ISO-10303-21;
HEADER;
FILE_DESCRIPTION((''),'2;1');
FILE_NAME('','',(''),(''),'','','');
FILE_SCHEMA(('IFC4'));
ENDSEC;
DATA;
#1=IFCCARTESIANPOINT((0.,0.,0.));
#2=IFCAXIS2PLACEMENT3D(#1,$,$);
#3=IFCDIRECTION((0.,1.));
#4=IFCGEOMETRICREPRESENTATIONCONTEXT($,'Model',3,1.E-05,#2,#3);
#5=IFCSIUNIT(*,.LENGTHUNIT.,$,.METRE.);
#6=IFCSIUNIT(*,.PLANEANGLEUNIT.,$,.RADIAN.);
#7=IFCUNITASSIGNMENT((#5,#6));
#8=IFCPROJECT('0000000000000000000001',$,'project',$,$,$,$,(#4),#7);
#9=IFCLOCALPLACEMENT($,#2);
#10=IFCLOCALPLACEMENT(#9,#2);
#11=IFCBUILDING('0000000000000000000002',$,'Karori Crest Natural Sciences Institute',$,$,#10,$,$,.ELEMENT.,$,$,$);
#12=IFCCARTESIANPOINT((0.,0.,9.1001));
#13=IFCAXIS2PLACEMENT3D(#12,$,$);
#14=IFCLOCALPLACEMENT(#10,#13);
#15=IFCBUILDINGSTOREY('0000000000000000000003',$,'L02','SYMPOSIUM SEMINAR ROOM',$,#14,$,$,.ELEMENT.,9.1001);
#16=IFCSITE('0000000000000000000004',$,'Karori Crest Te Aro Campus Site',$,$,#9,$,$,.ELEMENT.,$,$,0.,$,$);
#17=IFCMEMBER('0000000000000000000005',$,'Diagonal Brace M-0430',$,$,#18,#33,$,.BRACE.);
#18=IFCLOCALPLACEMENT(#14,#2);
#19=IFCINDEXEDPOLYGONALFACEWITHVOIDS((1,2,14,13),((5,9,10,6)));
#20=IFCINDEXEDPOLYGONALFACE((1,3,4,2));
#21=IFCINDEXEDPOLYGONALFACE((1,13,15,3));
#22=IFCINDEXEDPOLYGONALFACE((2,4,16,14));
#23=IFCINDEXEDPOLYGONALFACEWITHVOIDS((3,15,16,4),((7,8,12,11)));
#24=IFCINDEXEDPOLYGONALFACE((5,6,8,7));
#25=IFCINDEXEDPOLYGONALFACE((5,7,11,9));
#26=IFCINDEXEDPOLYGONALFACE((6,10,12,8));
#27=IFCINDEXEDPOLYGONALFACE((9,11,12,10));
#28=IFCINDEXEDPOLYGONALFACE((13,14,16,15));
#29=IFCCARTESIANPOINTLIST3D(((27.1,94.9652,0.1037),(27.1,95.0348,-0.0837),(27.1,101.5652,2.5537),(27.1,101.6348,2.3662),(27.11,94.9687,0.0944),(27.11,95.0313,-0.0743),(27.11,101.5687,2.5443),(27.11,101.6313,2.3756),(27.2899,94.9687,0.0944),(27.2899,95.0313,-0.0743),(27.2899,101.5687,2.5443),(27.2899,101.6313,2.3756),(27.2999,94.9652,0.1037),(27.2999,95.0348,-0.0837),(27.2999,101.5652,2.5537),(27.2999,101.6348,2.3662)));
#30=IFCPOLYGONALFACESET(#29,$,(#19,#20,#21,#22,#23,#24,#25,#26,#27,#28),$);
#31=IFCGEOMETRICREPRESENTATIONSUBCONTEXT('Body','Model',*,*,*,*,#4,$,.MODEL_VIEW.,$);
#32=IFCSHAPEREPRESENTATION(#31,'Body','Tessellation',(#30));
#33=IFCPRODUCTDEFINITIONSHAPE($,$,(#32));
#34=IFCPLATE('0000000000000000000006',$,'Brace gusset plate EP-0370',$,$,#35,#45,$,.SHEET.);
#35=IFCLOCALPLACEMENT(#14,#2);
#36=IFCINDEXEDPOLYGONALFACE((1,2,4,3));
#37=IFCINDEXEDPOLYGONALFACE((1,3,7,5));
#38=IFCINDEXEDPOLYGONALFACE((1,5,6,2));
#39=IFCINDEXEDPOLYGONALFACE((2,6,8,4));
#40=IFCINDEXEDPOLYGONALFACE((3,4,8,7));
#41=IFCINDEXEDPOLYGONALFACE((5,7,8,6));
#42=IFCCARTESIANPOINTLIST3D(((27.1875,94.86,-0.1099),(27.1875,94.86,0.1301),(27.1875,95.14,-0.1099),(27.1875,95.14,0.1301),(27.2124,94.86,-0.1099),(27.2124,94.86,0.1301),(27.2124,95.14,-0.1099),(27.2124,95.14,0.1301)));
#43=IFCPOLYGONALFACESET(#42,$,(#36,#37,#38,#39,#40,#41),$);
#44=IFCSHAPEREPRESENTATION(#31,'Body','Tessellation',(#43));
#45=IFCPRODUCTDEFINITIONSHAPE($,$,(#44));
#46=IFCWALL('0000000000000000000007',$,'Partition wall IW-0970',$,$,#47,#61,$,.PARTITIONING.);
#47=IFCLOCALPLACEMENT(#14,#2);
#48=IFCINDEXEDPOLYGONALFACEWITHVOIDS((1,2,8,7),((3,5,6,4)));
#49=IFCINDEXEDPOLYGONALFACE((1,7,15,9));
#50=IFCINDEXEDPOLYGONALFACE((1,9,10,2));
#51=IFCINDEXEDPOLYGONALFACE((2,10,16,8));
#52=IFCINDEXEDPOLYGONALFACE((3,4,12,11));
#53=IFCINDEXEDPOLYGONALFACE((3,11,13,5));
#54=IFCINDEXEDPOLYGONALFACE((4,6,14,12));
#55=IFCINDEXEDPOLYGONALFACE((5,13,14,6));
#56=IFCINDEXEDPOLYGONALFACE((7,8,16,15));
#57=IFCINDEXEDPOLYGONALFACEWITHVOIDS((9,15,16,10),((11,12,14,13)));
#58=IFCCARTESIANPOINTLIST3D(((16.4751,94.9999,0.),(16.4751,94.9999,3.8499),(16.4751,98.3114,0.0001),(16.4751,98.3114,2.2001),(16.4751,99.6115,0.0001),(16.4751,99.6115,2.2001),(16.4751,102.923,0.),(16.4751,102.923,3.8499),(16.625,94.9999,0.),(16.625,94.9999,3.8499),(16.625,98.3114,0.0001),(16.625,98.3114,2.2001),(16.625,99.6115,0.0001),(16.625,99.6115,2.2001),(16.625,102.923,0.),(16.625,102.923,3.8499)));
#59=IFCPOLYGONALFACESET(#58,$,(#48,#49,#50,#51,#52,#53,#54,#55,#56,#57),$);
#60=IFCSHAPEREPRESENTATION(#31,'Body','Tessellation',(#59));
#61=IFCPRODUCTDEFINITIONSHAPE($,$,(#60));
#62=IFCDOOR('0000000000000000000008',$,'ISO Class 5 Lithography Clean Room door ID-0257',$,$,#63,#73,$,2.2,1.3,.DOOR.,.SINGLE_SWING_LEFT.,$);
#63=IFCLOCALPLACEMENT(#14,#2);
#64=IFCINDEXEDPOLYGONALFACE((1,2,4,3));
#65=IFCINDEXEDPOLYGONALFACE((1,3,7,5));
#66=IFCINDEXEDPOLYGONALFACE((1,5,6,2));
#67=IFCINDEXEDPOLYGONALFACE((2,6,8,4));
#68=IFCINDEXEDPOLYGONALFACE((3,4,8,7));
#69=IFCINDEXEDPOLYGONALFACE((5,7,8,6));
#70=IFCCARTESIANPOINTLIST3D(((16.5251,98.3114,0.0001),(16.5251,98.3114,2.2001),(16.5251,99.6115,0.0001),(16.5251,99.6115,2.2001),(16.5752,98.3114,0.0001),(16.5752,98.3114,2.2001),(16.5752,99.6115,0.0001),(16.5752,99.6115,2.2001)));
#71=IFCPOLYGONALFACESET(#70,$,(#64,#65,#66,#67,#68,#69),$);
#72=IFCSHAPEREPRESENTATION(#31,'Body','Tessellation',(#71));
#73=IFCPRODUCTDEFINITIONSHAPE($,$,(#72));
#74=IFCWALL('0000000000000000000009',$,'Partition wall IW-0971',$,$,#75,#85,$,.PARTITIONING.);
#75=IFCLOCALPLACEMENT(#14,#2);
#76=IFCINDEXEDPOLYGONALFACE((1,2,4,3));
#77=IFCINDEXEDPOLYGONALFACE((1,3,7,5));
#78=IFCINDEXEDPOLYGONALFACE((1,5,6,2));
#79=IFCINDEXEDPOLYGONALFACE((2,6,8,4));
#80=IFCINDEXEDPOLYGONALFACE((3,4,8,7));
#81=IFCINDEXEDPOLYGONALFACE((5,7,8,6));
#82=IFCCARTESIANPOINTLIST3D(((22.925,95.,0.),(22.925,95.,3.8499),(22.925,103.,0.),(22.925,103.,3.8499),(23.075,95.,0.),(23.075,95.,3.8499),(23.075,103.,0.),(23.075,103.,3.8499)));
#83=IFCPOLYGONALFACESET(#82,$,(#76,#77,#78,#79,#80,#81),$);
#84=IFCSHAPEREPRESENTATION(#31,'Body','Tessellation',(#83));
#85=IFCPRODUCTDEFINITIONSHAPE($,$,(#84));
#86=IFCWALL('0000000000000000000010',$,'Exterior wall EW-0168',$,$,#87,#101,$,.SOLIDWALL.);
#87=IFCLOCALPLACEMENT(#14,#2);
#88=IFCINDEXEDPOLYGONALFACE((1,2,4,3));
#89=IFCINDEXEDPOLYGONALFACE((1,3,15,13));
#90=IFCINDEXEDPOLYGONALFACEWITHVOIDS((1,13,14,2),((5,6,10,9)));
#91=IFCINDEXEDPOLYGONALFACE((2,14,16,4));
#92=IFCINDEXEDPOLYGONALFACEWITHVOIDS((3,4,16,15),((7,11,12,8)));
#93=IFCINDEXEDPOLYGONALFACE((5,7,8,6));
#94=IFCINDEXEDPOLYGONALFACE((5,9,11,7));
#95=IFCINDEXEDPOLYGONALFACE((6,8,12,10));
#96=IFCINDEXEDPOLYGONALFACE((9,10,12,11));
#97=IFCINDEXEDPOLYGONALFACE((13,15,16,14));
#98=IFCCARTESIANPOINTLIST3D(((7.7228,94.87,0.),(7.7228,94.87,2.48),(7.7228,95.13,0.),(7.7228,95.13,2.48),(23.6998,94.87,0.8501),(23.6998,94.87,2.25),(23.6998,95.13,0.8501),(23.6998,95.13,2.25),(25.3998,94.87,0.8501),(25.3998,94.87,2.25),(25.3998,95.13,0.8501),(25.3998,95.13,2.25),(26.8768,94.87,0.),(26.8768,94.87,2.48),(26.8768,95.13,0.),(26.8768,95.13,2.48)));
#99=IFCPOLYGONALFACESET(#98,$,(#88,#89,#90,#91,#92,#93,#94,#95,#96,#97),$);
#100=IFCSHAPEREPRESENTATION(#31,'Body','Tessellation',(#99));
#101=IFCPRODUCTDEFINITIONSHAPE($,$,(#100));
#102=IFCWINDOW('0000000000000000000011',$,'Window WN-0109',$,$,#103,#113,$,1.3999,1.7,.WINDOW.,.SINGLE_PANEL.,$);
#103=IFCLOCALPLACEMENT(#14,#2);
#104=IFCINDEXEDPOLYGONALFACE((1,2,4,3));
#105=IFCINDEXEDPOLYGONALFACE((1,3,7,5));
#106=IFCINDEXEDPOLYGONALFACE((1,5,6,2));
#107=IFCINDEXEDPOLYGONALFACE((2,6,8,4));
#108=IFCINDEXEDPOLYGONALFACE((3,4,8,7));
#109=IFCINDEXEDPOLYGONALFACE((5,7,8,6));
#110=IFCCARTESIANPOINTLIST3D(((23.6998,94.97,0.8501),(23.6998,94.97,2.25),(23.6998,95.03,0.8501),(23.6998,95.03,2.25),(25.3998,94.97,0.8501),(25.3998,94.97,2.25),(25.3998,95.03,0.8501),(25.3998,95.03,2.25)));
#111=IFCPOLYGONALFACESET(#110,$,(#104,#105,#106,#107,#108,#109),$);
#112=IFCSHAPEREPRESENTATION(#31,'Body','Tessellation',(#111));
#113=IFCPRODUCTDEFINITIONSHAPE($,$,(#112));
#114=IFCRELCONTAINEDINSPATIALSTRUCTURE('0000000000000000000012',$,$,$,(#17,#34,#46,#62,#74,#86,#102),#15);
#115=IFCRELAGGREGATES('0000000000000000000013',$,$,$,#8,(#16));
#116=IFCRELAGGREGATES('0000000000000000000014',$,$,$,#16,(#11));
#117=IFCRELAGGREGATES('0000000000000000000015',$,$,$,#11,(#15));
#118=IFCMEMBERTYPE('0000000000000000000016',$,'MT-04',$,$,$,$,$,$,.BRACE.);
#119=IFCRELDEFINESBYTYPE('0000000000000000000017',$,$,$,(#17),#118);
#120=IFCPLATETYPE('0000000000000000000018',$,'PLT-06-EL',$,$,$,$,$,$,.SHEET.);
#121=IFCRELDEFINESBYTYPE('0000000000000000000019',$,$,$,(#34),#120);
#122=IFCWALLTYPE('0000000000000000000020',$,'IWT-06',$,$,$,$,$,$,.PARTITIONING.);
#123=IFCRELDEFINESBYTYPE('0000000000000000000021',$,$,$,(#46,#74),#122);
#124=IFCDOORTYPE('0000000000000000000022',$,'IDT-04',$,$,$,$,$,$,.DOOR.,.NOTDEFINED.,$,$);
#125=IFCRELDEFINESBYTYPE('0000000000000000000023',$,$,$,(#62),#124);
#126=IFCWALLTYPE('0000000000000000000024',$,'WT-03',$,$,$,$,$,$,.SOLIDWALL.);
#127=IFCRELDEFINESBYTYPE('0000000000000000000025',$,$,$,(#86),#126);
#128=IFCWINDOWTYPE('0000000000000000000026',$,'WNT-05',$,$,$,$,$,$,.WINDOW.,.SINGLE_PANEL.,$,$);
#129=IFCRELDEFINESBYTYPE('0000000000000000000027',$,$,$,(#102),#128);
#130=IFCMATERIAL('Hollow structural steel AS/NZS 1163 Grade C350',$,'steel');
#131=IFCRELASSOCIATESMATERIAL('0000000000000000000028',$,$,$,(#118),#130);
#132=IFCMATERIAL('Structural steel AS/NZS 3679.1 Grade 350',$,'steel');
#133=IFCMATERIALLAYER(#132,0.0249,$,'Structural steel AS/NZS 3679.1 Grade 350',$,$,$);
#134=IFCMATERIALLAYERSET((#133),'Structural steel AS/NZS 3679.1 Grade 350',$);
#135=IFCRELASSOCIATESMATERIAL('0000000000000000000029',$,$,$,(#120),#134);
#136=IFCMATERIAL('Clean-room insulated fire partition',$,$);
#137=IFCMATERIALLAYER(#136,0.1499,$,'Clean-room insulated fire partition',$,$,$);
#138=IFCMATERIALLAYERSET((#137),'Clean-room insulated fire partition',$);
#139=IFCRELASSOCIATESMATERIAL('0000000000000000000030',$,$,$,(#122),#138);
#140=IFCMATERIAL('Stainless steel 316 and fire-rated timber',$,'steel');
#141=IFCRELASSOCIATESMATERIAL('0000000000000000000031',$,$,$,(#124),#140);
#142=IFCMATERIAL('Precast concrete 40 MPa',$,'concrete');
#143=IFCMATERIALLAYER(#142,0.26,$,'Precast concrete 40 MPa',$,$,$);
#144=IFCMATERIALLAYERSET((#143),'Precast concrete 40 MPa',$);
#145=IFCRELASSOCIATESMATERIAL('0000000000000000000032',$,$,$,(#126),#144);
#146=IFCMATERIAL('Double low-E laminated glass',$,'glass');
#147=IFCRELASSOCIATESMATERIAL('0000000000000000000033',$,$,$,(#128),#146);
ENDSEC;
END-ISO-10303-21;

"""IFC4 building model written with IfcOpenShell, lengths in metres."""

from ifc_helpers import new_model, si_unit, direction, frame, frame_2d, origin, origin_2d, place, context, subcontext, project, spatial, rectangle, hollow_rectangle, extrude, material, layer, layer_set, material_profile, profile_set, type_object, element, fill, save


model = new_model("IFC4")

# Units and contexts
model_context = context("Model", 3, precision=1e-05, world=origin(), true_north=direction((0.0, 1.0)))
body_context = subcontext(model_context, "Body", "Model", "MODEL_VIEW")
ifc_project = project(units=[si_unit("LENGTHUNIT", "METRE"), si_unit("PLANEANGLEUNIT", "RADIAN")], contexts=[model_context])

# Site, building, storey
site_placement = place(None, origin())
site = spatial("IfcSite", under=ifc_project, at=site_placement, Name="Karori Crest Te Aro Campus Site", CompositionType="ELEMENT", RefElevation=0.0)
building_placement = place(site_placement, origin())
building = spatial("IfcBuilding", under=site, at=building_placement, Name="Karori Crest Natural Sciences Institute", CompositionType="ELEMENT")
storey_placement = place(building_placement, frame((0.0, 0.0, 9.1001)))
storey = spatial("IfcBuildingStorey", under=building, at=storey_placement, Name="L02", Description="SYMPOSIUM SEMINAR ROOM", CompositionType="ELEMENT", Elevation=9.1001)

# Member
ifc_material_1 = material(Name="Hollow structural steel AS/NZS 1163 Grade C350", Category="steel")
ifc_material_profile_1 = material_profile(ifc_material_1, hollow_rectangle(XDim=0.2, YDim=0.2, WallThickness=0.01, at=origin_2d()), Name="SHS200x200x10")
ifc_profile_set_1 = profile_set([ifc_material_profile_1], Name="Hollow structural steel AS/NZS 1163 Grade C350")
member_type = type_object("IfcMemberType", Name="MT-04", PredefinedType="BRACE", material=ifc_profile_set_1)
member_placement = place(storey_placement, frame((27.2, 95.0, 0.01), z_axis=(0.0, 0.937495, 0.347998), x_axis=(-1.0, 0.0, 0.0)))
element("IfcMember", 1, at=member_placement, inside=storey, type_object=member_type, Name="Diagonal Brace M-0430", PredefinedType="BRACE", context=body_context, shape_type="SweptSolid", body=[
    extrude(hollow_rectangle(XDim=0.2, YDim=0.2, WallThickness=0.01, at=origin_2d()), origin(), (0.0, 0.0, 1.0), 7.04),
])

# Plate
ifc_material_2 = material(Name="Structural steel AS/NZS 3679.1 Grade 350", Category="steel")
ifc_layer_1 = layer(ifc_material_2, 0.0249, Name="Structural steel AS/NZS 3679.1 Grade 350")
ifc_layer_set_1 = layer_set([ifc_layer_1], Name="Structural steel AS/NZS 3679.1 Grade 350")
plate_type = type_object("IfcPlateType", Name="PLT-06-EL", PredefinedType="SHEET", material=ifc_layer_set_1)
plate_placement = place(storey_placement, frame((27.2, 95.0, -0.1099), z_axis=(0.0, 0.0, 1.0), x_axis=(0.0, 1.0, 0.0)))
element("IfcPlate", 2, at=plate_placement, inside=storey, type_object=plate_type, Name="Brace gusset plate EP-0370", PredefinedType="SHEET", context=body_context, shape_type="SweptSolid", body=[
    extrude(rectangle(XDim=0.28, YDim=0.0249, at=origin_2d()), origin(), (0.0, 0.0, 1.0), 0.24),
])

# Wall, opening, door
ifc_material_3 = material(Name="Clean-room insulated fire partition")
ifc_layer_2 = layer(ifc_material_3, 0.1499, Name="Clean-room insulated fire partition")
ifc_layer_set_2 = layer_set([ifc_layer_2], Name="Clean-room insulated fire partition")
wall_type_1 = type_object("IfcWallType", Name="IWT-06", PredefinedType="PARTITIONING", material=ifc_layer_set_2)
wall_1_placement = place(storey_placement, frame((16.55, 95.0, 0.0), z_axis=(0.0, 0.0, 1.0), x_axis=(0.0, 1.0, 0.0)))
wall_1 = element("IfcWall", 3, at=wall_1_placement, inside=storey, type_object=wall_type_1, Name="Partition wall IW-0970", PredefinedType="PARTITIONING", context=body_context, shape_type="SweptSolid", body=[
    extrude(rectangle(XDim=7.9231, YDim=0.1499, at=frame_2d((3.9614, 0.0))), origin(), (0.0, 0.0, 1.0), 3.8499),
])
opening_1_placement = place(wall_1_placement, frame((3.3115, 0.0, 0.0)))
opening_1 = element("IfcOpeningElement", 4, at=opening_1_placement, cuts=wall_1, PredefinedType="OPENING", context=body_context, shape_type="SweptSolid", body=[
    extrude(rectangle(XDim=1.3, YDim=2.2, at=frame_2d((0.6499, 1.1001))), frame((0.0, 0.085, 0.0), z_axis=(0.0, -1.0, 0.0), x_axis=(1.0, 0.0, 0.0)), (0.0, 0.0, 1.0), 0.1699),
])
ifc_material_4 = material(Name="Stainless steel 316 and fire-rated timber", Category="steel")
door_type = type_object("IfcDoorType", Name="IDT-04", OperationType="NOTDEFINED", PredefinedType="DOOR", material=ifc_material_4)
door_placement = place(opening_1_placement, origin())
door = element("IfcDoor", 5, at=door_placement, inside=storey, type_object=door_type, Name="ISO Class 5 Lithography Clean Room door ID-0257", OperationType="SINGLE_SWING_LEFT", OverallHeight=2.2, OverallWidth=1.3, PredefinedType="DOOR", context=body_context, shape_type="SweptSolid", body=[
    extrude(rectangle(XDim=1.3, YDim=2.2, at=frame_2d((0.6499, 1.1001))), frame((0.0, 0.0249, 0.0), z_axis=(0.0, -1.0, 0.0), x_axis=(1.0, 0.0, 0.0)), (0.0, 0.0, 1.0), 0.05),
])
fill(opening_1, door)

# Wall
wall_2_placement = place(storey_placement, frame((23.0, 95.0, 0.0), z_axis=(0.0, 0.0, 1.0), x_axis=(0.0, 1.0, 0.0)))
element("IfcWall", 6, at=wall_2_placement, inside=storey, type_object=wall_type_1, Name="Partition wall IW-0971", PredefinedType="PARTITIONING", context=body_context, shape_type="SweptSolid", body=[
    extrude(rectangle(XDim=8.0, YDim=0.1499, at=frame_2d((4.0, 0.0))), origin(), (0.0, 0.0, 1.0), 3.8499),
])

# Wall, opening, window
ifc_material_5 = material(Name="Precast concrete 40 MPa", Category="concrete")
ifc_layer_3 = layer(ifc_material_5, 0.26, Name="Precast concrete 40 MPa")
ifc_layer_set_3 = layer_set([ifc_layer_3], Name="Precast concrete 40 MPa")
wall_type_2 = type_object("IfcWallType", Name="WT-03", PredefinedType="SOLIDWALL", material=ifc_layer_set_3)
wall_3_placement = place(storey_placement, frame((26.877, 95.0, 0.0), z_axis=(0.0, 0.0, 1.0), x_axis=(-1.0, 0.0, 0.0)))
wall_3 = element("IfcWall", 7, at=wall_3_placement, inside=storey, type_object=wall_type_2, Name="Exterior wall EW-0168", PredefinedType="SOLIDWALL", context=body_context, shape_type="SweptSolid", body=[
    extrude(rectangle(XDim=19.1541, YDim=0.26, at=frame_2d((9.5771, 0.0))), origin(), (0.0, 0.0, 1.0), 2.48),
])
opening_2_placement = place(wall_3_placement, frame((1.4771, 0.0, 0.8501)))
opening_2 = element("IfcOpeningElement", 8, at=opening_2_placement, cuts=wall_3, PredefinedType="OPENING", context=body_context, shape_type="SweptSolid", body=[
    extrude(rectangle(XDim=1.7, YDim=1.3999, at=frame_2d((0.8501, 0.7))), frame((0.0, 0.1401, 0.0), z_axis=(0.0, -1.0, 0.0), x_axis=(1.0, 0.0, 0.0)), (0.0, 0.0, 1.0), 0.28),
])
ifc_material_6 = material(Name="Double low-E laminated glass", Category="glass")
window_type = type_object("IfcWindowType", Name="WNT-05", PartitioningType="SINGLE_PANEL", PredefinedType="WINDOW", material=ifc_material_6)
window_placement = place(opening_2_placement, origin())
window = element("IfcWindow", 9, at=window_placement, inside=storey, type_object=window_type, Name="Window WN-0109", OverallHeight=1.3999, OverallWidth=1.7, PartitioningType="SINGLE_PANEL", PredefinedType="WINDOW", context=body_context, shape_type="SweptSolid", body=[
    extrude(rectangle(XDim=1.7, YDim=1.3999, at=frame_2d((0.8501, 0.7))), frame((0.0, 0.03, 0.0), z_axis=(0.0, -1.0, 0.0), x_axis=(1.0, 0.0, 0.0)), (0.0, 0.0, 1.0), 0.0601),
])
fill(opening_2, window)

save(model, "model.ifc")
